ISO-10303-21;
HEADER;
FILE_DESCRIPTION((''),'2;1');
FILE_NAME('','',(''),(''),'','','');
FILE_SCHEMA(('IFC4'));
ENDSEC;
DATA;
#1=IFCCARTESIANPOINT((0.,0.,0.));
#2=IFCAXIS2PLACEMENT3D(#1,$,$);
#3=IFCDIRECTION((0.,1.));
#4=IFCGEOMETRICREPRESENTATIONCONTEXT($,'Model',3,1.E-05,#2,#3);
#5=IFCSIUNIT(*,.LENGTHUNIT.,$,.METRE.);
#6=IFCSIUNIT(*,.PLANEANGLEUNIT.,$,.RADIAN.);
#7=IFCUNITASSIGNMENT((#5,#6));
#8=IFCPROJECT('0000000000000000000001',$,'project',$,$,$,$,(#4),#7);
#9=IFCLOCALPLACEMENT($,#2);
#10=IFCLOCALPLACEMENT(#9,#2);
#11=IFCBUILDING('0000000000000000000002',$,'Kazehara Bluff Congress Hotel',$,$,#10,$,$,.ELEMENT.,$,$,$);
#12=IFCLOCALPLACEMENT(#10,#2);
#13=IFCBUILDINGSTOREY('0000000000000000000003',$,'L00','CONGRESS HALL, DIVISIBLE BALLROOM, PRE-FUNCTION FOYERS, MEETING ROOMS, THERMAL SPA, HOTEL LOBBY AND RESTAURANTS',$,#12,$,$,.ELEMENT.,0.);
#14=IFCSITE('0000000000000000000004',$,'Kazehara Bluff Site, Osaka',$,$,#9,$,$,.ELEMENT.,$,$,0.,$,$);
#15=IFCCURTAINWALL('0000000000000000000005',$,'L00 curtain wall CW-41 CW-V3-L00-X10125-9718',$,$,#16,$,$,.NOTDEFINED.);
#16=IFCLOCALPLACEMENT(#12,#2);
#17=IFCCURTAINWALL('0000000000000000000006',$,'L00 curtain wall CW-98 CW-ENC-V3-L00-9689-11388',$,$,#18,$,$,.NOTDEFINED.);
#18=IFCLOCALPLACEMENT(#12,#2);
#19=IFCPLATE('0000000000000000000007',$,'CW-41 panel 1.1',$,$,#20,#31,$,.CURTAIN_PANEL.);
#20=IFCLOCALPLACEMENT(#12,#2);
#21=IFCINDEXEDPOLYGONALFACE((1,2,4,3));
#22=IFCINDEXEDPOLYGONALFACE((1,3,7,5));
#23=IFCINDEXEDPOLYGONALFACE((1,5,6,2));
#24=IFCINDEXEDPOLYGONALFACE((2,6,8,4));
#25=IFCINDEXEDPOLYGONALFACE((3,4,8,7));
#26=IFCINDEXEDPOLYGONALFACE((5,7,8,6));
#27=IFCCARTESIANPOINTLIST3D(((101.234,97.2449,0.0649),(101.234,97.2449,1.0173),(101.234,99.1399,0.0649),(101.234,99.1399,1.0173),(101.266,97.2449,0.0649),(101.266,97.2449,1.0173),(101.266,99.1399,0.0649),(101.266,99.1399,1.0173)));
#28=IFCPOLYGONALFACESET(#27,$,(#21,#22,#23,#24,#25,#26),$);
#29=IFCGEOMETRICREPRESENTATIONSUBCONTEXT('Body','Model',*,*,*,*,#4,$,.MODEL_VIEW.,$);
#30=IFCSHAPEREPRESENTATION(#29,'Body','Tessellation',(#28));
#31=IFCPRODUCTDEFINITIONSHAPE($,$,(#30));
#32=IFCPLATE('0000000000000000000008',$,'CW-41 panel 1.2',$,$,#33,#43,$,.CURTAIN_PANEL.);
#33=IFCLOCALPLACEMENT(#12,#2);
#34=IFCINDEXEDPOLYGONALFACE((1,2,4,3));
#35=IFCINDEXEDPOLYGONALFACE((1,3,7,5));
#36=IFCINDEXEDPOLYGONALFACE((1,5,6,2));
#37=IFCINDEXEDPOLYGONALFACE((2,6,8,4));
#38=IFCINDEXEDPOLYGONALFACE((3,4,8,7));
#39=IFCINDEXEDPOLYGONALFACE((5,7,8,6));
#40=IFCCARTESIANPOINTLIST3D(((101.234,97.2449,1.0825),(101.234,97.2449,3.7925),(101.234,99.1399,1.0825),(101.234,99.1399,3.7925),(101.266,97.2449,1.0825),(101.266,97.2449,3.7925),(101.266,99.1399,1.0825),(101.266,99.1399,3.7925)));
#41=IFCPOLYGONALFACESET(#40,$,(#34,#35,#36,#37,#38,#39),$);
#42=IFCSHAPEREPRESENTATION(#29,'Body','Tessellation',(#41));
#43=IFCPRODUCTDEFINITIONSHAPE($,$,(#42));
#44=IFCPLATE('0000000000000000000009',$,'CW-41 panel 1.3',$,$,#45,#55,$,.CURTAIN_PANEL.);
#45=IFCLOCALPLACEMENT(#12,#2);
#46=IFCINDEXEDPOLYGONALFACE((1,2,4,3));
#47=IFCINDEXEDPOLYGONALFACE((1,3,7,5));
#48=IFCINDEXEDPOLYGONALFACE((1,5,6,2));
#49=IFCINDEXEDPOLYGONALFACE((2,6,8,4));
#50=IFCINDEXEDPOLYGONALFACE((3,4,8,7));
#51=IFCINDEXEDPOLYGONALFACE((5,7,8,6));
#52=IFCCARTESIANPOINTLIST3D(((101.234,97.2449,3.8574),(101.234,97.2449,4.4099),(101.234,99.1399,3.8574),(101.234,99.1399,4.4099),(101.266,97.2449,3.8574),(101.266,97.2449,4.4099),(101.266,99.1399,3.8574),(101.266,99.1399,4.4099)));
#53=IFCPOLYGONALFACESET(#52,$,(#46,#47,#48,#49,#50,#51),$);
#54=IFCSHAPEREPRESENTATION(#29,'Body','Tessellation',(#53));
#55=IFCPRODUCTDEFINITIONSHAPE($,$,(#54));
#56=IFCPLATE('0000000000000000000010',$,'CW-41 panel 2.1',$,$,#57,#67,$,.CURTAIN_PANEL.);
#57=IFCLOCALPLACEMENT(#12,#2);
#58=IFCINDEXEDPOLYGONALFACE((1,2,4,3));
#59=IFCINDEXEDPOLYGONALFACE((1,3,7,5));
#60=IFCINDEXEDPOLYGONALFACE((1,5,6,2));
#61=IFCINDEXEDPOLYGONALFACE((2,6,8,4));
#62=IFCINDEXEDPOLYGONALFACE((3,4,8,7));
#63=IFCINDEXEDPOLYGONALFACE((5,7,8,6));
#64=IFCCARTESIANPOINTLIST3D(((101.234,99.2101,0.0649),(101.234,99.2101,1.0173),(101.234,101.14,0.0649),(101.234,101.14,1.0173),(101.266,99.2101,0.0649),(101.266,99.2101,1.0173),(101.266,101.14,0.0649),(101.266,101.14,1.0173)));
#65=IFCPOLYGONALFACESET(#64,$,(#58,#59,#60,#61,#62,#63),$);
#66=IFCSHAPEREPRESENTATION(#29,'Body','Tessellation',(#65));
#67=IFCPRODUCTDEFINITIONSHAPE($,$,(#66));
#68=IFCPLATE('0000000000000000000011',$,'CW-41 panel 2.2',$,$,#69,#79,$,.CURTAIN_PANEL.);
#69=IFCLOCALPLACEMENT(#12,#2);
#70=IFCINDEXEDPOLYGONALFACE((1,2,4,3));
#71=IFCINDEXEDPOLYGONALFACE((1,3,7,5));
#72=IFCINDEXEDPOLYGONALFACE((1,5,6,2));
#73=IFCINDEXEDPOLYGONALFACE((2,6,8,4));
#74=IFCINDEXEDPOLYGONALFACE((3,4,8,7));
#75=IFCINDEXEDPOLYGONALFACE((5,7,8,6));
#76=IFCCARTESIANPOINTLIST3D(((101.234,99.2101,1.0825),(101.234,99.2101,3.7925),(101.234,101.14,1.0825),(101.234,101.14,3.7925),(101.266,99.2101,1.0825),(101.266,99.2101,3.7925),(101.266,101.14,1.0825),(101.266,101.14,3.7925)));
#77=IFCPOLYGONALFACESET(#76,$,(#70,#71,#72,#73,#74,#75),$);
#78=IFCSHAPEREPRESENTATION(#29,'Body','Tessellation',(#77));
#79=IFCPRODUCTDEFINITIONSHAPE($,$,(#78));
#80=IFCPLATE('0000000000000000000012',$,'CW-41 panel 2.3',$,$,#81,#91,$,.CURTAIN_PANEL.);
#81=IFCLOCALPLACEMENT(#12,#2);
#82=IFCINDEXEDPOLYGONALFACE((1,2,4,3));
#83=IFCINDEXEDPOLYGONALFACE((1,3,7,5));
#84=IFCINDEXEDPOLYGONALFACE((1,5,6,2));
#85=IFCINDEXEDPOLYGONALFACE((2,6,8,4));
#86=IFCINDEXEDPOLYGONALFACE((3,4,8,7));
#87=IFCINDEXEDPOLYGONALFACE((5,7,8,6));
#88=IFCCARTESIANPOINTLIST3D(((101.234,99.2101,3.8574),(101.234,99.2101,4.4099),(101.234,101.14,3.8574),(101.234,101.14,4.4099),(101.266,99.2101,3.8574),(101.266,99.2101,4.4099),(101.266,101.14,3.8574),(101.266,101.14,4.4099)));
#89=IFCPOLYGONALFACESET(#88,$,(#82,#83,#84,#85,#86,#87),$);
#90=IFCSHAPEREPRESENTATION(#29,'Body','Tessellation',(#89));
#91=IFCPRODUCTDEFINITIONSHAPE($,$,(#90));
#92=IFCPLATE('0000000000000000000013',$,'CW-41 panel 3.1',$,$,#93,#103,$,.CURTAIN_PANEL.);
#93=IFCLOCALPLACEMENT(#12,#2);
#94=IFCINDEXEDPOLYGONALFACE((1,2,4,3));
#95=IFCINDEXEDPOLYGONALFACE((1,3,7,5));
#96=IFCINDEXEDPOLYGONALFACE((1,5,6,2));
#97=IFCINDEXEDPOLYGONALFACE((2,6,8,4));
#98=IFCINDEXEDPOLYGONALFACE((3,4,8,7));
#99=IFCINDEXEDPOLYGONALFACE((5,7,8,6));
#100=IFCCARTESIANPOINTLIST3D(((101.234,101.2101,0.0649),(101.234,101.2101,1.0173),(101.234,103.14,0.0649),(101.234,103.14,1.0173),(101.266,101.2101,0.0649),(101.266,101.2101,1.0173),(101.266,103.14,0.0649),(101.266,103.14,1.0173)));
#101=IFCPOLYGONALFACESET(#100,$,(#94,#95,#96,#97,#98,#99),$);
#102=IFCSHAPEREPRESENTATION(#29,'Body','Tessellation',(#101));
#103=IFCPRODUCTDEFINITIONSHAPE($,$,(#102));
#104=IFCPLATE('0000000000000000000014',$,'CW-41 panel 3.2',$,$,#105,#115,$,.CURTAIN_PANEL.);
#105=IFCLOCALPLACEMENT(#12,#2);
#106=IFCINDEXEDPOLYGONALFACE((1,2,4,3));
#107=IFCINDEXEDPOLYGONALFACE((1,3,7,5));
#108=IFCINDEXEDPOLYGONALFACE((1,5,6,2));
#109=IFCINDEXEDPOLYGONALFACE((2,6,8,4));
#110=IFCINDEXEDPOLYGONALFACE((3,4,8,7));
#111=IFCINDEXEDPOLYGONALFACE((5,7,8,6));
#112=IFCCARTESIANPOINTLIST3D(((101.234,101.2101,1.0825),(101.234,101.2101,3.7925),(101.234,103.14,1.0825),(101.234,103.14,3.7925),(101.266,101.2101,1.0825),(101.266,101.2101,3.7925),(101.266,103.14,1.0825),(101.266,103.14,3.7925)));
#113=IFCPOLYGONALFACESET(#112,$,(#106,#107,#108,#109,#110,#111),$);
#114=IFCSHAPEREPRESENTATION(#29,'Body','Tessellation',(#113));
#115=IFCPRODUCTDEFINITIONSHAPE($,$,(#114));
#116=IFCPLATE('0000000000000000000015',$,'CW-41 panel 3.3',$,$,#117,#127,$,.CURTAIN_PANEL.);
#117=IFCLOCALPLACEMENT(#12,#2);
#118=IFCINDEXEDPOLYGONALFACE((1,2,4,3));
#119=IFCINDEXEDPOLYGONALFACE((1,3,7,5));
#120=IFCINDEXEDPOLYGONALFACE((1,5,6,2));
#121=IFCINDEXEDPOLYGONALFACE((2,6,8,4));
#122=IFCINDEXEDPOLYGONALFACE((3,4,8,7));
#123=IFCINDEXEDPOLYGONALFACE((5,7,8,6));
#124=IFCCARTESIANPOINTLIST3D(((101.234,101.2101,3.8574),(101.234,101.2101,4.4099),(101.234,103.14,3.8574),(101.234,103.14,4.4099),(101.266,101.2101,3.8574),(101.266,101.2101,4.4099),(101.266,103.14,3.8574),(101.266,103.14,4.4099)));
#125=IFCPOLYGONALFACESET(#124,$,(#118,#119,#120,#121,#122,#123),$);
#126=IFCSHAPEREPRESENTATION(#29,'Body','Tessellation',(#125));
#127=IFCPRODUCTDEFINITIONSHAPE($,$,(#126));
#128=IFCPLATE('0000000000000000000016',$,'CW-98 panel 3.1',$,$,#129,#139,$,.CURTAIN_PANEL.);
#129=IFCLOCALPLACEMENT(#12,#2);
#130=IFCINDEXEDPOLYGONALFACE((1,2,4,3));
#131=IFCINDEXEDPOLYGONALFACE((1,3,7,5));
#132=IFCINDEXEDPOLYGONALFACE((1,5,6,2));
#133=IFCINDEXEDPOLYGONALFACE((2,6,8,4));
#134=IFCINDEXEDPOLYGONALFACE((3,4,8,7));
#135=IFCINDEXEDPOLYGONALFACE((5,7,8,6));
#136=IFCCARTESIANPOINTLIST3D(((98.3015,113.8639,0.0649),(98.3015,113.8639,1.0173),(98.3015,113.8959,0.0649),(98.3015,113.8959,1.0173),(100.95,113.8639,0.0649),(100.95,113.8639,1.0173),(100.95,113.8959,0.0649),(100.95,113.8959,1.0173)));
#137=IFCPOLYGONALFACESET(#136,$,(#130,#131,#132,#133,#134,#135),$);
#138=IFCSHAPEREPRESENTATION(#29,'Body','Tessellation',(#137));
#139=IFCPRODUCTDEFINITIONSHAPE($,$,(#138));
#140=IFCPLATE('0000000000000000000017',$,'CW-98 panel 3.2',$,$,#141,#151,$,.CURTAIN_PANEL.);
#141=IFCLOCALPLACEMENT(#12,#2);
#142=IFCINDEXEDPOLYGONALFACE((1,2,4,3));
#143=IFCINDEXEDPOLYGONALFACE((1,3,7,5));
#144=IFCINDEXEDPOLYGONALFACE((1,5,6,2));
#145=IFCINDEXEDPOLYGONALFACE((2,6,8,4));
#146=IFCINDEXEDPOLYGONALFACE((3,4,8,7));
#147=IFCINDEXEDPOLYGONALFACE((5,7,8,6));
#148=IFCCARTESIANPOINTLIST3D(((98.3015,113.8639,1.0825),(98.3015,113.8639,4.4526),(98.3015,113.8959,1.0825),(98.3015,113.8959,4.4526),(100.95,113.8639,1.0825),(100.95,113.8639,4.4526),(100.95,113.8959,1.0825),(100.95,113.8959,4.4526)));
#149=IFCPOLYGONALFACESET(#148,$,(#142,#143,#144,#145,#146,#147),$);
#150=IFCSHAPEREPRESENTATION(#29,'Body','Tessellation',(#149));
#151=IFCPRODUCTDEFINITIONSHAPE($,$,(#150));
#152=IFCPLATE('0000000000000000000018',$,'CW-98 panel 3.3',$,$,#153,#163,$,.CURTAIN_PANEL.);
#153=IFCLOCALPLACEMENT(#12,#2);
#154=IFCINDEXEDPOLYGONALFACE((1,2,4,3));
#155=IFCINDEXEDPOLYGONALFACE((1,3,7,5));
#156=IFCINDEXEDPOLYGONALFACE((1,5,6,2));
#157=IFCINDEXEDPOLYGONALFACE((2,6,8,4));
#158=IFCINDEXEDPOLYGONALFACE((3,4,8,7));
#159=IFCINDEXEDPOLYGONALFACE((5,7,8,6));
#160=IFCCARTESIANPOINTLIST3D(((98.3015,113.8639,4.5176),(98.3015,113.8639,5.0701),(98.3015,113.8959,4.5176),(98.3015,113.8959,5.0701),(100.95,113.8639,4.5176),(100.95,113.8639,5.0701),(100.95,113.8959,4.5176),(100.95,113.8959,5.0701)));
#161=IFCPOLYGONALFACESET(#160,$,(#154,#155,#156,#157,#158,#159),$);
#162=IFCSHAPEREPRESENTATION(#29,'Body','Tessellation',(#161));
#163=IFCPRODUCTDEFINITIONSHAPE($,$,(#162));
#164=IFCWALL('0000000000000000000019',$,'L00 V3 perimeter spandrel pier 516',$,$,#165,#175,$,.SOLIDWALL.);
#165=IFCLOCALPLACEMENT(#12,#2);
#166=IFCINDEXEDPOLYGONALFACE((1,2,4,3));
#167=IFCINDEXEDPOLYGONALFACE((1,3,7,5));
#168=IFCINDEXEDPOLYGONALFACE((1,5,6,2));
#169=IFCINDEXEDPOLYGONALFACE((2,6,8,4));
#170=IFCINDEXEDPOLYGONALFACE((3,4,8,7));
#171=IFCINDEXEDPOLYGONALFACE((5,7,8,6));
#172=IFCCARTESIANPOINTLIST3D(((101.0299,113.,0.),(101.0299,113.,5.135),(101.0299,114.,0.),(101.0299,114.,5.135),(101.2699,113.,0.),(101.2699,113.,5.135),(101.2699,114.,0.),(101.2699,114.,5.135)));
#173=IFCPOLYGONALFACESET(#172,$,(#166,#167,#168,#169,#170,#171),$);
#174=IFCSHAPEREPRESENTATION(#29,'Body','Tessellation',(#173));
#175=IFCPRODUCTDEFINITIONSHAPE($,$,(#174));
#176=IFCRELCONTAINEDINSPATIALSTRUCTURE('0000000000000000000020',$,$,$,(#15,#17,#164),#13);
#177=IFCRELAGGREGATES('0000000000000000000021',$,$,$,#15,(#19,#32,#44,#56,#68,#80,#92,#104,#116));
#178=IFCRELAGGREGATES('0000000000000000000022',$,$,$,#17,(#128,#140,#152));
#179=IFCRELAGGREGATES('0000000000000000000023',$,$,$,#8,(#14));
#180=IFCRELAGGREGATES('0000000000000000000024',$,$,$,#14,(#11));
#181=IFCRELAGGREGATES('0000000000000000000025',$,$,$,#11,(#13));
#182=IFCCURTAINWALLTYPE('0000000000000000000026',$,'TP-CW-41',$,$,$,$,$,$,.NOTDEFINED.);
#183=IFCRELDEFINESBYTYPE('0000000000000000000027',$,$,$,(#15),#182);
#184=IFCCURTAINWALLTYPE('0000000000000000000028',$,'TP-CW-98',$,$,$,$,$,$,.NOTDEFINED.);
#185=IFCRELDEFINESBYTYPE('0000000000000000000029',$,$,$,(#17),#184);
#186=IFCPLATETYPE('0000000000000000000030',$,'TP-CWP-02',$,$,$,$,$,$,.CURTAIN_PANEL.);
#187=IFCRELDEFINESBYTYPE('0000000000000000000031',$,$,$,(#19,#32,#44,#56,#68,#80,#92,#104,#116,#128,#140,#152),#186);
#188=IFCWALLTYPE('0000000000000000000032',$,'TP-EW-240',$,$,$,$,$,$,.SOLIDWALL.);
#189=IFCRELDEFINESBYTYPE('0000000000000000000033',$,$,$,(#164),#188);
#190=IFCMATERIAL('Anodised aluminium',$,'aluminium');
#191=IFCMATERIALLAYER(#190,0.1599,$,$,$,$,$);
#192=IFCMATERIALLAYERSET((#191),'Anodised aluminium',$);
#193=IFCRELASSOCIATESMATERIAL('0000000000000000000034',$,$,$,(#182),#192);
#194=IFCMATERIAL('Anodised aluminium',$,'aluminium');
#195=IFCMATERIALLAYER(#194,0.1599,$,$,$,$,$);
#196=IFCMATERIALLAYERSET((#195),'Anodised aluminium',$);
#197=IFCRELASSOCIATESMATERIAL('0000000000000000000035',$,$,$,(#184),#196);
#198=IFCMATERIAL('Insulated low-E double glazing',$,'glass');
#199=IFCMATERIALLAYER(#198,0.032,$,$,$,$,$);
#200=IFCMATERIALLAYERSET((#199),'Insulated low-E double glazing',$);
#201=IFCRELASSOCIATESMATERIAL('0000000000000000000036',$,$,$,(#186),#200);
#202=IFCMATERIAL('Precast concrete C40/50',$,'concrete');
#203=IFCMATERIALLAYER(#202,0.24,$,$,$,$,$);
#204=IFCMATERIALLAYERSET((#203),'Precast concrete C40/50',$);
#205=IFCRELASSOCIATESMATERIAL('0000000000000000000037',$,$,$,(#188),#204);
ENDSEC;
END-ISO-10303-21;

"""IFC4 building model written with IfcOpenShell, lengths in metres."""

from ifc_helpers import new_model, si_unit, direction, frame, frame_2d, origin, origin_2d, place, context, subcontext, project, spatial, rectangle, extrude, material, layer, layer_set, type_object, element, aggregate, save


model = new_model("IFC4")

# Units and contexts
model_context = context("Model", 3, precision=1e-05, world=origin(), true_north=direction((0.0, 1.0)))
body_context = subcontext(model_context, "Body", "Model", "MODEL_VIEW")
ifc_project = project(units=[si_unit("LENGTHUNIT", "METRE"), si_unit("PLANEANGLEUNIT", "RADIAN")], contexts=[model_context])

# Site, building, storey
site_placement = place(None, origin())
site = spatial("IfcSite", under=ifc_project, at=site_placement, Name="Kazehara Bluff Site, Osaka", CompositionType="ELEMENT", RefElevation=0.0)
building_placement = place(site_placement, origin())
building = spatial("IfcBuilding", under=site, at=building_placement, Name="Kazehara Bluff Congress Hotel", CompositionType="ELEMENT")
storey_placement = place(building_placement, origin())
storey = spatial("IfcBuildingStorey", under=building, at=storey_placement, Name="L00", Description="CONGRESS HALL, DIVISIBLE BALLROOM, PRE-FUNCTION FOYERS, MEETING ROOMS, THERMAL SPA, HOTEL LOBBY AND RESTAURANTS", CompositionType="ELEMENT", Elevation=0.0)

# Curtain wall
ifc_material_1 = material(Name="Anodised aluminium", Category="aluminium")
ifc_layer_1 = layer(ifc_material_1, 0.1599)
ifc_layer_set_1 = layer_set([ifc_layer_1], Name="Anodised aluminium")
curtain_wall_type_1 = type_object("IfcCurtainWallType", Name="TP-CW-41", PredefinedType="NOTDEFINED", material=ifc_layer_set_1)
curtain_wall_1_placement = place(storey_placement, origin())
curtain_wall_1 = element("IfcCurtainWall", 1, at=curtain_wall_1_placement, inside=storey, type_object=curtain_wall_type_1, Name="L00 curtain wall CW-41 CW-V3-L00-X10125-9718", PredefinedType="NOTDEFINED")

# Curtain wall
ifc_material_2 = material(Name="Anodised aluminium", Category="aluminium")
ifc_layer_2 = layer(ifc_material_2, 0.1599)
ifc_layer_set_2 = layer_set([ifc_layer_2], Name="Anodised aluminium")
curtain_wall_type_2 = type_object("IfcCurtainWallType", Name="TP-CW-98", PredefinedType="NOTDEFINED", material=ifc_layer_set_2)
curtain_wall_2_placement = place(storey_placement, origin())
curtain_wall_2 = element("IfcCurtainWall", 2, at=curtain_wall_2_placement, inside=storey, type_object=curtain_wall_type_2, Name="L00 curtain wall CW-98 CW-ENC-V3-L00-9689-11388", PredefinedType="NOTDEFINED")

# Plates
ifc_material_3 = material(Name="Insulated low-E double glazing", Category="glass")
ifc_layer_3 = layer(ifc_material_3, 0.032)
ifc_layer_set_3 = layer_set([ifc_layer_3], Name="Insulated low-E double glazing")
plate_type = type_object("IfcPlateType", Name="TP-CWP-02", PredefinedType="CURTAIN_PANEL", material=ifc_layer_set_3)
plate_1_placement = place(storey_placement, frame((101.25, 98.1924, 0.0649), z_axis=(0.0, 0.0, 1.0), x_axis=(0.0, 1.0, 0.0)))
plate_1 = element("IfcPlate", 3, at=plate_1_placement, type_object=plate_type, Name="CW-41 panel 1.1", PredefinedType="CURTAIN_PANEL", context=body_context, shape_type="SweptSolid", body=[
    extrude(rectangle(XDim=1.895, YDim=0.032, at=origin_2d()), origin(), (0.0, 0.0, 1.0), 0.9524),
])
plate_2_placement = place(storey_placement, frame((101.25, 98.1924, 1.0825), z_axis=(0.0, 0.0, 1.0), x_axis=(0.0, 1.0, 0.0)))
plate_2 = element("IfcPlate", 4, at=plate_2_placement, type_object=plate_type, Name="CW-41 panel 1.2", PredefinedType="CURTAIN_PANEL", context=body_context, shape_type="SweptSolid", body=[
    extrude(rectangle(XDim=1.895, YDim=0.032, at=origin_2d()), origin(), (0.0, 0.0, 1.0), 2.71),
])
plate_3_placement = place(storey_placement, frame((101.25, 98.1924, 3.8574), z_axis=(0.0, 0.0, 1.0), x_axis=(0.0, 1.0, 0.0)))
plate_3 = element("IfcPlate", 5, at=plate_3_placement, type_object=plate_type, Name="CW-41 panel 1.3", PredefinedType="CURTAIN_PANEL", context=body_context, shape_type="SweptSolid", body=[
    extrude(rectangle(XDim=1.895, YDim=0.032, at=origin_2d()), origin(), (0.0, 0.0, 1.0), 0.5525),
])
plate_4_placement = place(storey_placement, frame((101.25, 100.175, 0.0649), z_axis=(0.0, 0.0, 1.0), x_axis=(0.0, 1.0, 0.0)))
plate_4 = element("IfcPlate", 6, at=plate_4_placement, type_object=plate_type, Name="CW-41 panel 2.1", PredefinedType="CURTAIN_PANEL", context=body_context, shape_type="SweptSolid", body=[
    extrude(rectangle(XDim=1.9299, YDim=0.032, at=origin_2d()), origin(), (0.0, 0.0, 1.0), 0.9524),
])
plate_5_placement = place(storey_placement, frame((101.25, 100.175, 1.0825), z_axis=(0.0, 0.0, 1.0), x_axis=(0.0, 1.0, 0.0)))
plate_5 = element("IfcPlate", 7, at=plate_5_placement, type_object=plate_type, Name="CW-41 panel 2.2", PredefinedType="CURTAIN_PANEL", context=body_context, shape_type="SweptSolid", body=[
    extrude(rectangle(XDim=1.9299, YDim=0.032, at=origin_2d()), origin(), (0.0, 0.0, 1.0), 2.71),
])
plate_6_placement = place(storey_placement, frame((101.25, 100.175, 3.8574), z_axis=(0.0, 0.0, 1.0), x_axis=(0.0, 1.0, 0.0)))
plate_6 = element("IfcPlate", 8, at=plate_6_placement, type_object=plate_type, Name="CW-41 panel 2.3", PredefinedType="CURTAIN_PANEL", context=body_context, shape_type="SweptSolid", body=[
    extrude(rectangle(XDim=1.9299, YDim=0.032, at=origin_2d()), origin(), (0.0, 0.0, 1.0), 0.5525),
])
plate_7_placement = place(storey_placement, frame((101.25, 102.175, 0.0649), z_axis=(0.0, 0.0, 1.0), x_axis=(0.0, 1.0, 0.0)))
plate_7 = element("IfcPlate", 9, at=plate_7_placement, type_object=plate_type, Name="CW-41 panel 3.1", PredefinedType="CURTAIN_PANEL", context=body_context, shape_type="SweptSolid", body=[
    extrude(rectangle(XDim=1.9299, YDim=0.032, at=origin_2d()), origin(), (0.0, 0.0, 1.0), 0.9524),
])
plate_8_placement = place(storey_placement, frame((101.25, 102.175, 1.0825), z_axis=(0.0, 0.0, 1.0), x_axis=(0.0, 1.0, 0.0)))
plate_8 = element("IfcPlate", 10, at=plate_8_placement, type_object=plate_type, Name="CW-41 panel 3.2", PredefinedType="CURTAIN_PANEL", context=body_context, shape_type="SweptSolid", body=[
    extrude(rectangle(XDim=1.9299, YDim=0.032, at=origin_2d()), origin(), (0.0, 0.0, 1.0), 2.71),
])
plate_9_placement = place(storey_placement, frame((101.25, 102.175, 3.8574), z_axis=(0.0, 0.0, 1.0), x_axis=(0.0, 1.0, 0.0)))
plate_9 = element("IfcPlate", 11, at=plate_9_placement, type_object=plate_type, Name="CW-41 panel 3.3", PredefinedType="CURTAIN_PANEL", context=body_context, shape_type="SweptSolid", body=[
    extrude(rectangle(XDim=1.9299, YDim=0.032, at=origin_2d()), origin(), (0.0, 0.0, 1.0), 0.5525),
])
aggregate(curtain_wall_1, [plate_1, plate_2, plate_3, plate_4, plate_5, plate_6, plate_7, plate_8, plate_9])
plate_10_placement = place(storey_placement, frame((99.6257, 113.8799, 0.0649), z_axis=(0.0, 0.0, 1.0), x_axis=(1.0, 0.0, 0.0)))
plate_10 = element("IfcPlate", 12, at=plate_10_placement, type_object=plate_type, Name="CW-98 panel 3.1", PredefinedType="CURTAIN_PANEL", context=body_context, shape_type="SweptSolid", body=[
    extrude(rectangle(XDim=2.6484, YDim=0.032, at=origin_2d()), origin(), (0.0, 0.0, 1.0), 0.9524),
])
plate_11_placement = place(storey_placement, frame((99.6257, 113.8799, 1.0825), z_axis=(0.0, 0.0, 1.0), x_axis=(1.0, 0.0, 0.0)))
plate_11 = element("IfcPlate", 13, at=plate_11_placement, type_object=plate_type, Name="CW-98 panel 3.2", PredefinedType="CURTAIN_PANEL", context=body_context, shape_type="SweptSolid", body=[
    extrude(rectangle(XDim=2.6484, YDim=0.032, at=origin_2d()), origin(), (0.0, 0.0, 1.0), 3.3701),
])
plate_12_placement = place(storey_placement, frame((99.6257, 113.8799, 4.5176), z_axis=(0.0, 0.0, 1.0), x_axis=(1.0, 0.0, 0.0)))
plate_12 = element("IfcPlate", 14, at=plate_12_placement, type_object=plate_type, Name="CW-98 panel 3.3", PredefinedType="CURTAIN_PANEL", context=body_context, shape_type="SweptSolid", body=[
    extrude(rectangle(XDim=2.6484, YDim=0.032, at=origin_2d()), origin(), (0.0, 0.0, 1.0), 0.5525),
])
aggregate(curtain_wall_2, [plate_10, plate_11, plate_12])

# Wall
ifc_material_4 = material(Name="Precast concrete C40/50", Category="concrete")
ifc_layer_4 = layer(ifc_material_4, 0.24)
ifc_layer_set_4 = layer_set([ifc_layer_4], Name="Precast concrete C40/50")
wall_type = type_object("IfcWallType", Name="TP-EW-240", PredefinedType="SOLIDWALL", material=ifc_layer_set_4)
wall_placement = place(storey_placement, frame((101.1499, 114.0, 0.0), z_axis=(0.0, 0.0, 1.0), x_axis=(0.0, -1.0, 0.0)))
element("IfcWall", 15, at=wall_placement, inside=storey, type_object=wall_type, Name="L00 V3 perimeter spandrel pier 516", PredefinedType="SOLIDWALL", context=body_context, shape_type="SweptSolid", body=[
    extrude(rectangle(XDim=1.0, YDim=0.24, at=frame_2d((0.5, 0.0))), origin(), (0.0, 0.0, 1.0), 5.135),
])

save(model, "model.ifc")
